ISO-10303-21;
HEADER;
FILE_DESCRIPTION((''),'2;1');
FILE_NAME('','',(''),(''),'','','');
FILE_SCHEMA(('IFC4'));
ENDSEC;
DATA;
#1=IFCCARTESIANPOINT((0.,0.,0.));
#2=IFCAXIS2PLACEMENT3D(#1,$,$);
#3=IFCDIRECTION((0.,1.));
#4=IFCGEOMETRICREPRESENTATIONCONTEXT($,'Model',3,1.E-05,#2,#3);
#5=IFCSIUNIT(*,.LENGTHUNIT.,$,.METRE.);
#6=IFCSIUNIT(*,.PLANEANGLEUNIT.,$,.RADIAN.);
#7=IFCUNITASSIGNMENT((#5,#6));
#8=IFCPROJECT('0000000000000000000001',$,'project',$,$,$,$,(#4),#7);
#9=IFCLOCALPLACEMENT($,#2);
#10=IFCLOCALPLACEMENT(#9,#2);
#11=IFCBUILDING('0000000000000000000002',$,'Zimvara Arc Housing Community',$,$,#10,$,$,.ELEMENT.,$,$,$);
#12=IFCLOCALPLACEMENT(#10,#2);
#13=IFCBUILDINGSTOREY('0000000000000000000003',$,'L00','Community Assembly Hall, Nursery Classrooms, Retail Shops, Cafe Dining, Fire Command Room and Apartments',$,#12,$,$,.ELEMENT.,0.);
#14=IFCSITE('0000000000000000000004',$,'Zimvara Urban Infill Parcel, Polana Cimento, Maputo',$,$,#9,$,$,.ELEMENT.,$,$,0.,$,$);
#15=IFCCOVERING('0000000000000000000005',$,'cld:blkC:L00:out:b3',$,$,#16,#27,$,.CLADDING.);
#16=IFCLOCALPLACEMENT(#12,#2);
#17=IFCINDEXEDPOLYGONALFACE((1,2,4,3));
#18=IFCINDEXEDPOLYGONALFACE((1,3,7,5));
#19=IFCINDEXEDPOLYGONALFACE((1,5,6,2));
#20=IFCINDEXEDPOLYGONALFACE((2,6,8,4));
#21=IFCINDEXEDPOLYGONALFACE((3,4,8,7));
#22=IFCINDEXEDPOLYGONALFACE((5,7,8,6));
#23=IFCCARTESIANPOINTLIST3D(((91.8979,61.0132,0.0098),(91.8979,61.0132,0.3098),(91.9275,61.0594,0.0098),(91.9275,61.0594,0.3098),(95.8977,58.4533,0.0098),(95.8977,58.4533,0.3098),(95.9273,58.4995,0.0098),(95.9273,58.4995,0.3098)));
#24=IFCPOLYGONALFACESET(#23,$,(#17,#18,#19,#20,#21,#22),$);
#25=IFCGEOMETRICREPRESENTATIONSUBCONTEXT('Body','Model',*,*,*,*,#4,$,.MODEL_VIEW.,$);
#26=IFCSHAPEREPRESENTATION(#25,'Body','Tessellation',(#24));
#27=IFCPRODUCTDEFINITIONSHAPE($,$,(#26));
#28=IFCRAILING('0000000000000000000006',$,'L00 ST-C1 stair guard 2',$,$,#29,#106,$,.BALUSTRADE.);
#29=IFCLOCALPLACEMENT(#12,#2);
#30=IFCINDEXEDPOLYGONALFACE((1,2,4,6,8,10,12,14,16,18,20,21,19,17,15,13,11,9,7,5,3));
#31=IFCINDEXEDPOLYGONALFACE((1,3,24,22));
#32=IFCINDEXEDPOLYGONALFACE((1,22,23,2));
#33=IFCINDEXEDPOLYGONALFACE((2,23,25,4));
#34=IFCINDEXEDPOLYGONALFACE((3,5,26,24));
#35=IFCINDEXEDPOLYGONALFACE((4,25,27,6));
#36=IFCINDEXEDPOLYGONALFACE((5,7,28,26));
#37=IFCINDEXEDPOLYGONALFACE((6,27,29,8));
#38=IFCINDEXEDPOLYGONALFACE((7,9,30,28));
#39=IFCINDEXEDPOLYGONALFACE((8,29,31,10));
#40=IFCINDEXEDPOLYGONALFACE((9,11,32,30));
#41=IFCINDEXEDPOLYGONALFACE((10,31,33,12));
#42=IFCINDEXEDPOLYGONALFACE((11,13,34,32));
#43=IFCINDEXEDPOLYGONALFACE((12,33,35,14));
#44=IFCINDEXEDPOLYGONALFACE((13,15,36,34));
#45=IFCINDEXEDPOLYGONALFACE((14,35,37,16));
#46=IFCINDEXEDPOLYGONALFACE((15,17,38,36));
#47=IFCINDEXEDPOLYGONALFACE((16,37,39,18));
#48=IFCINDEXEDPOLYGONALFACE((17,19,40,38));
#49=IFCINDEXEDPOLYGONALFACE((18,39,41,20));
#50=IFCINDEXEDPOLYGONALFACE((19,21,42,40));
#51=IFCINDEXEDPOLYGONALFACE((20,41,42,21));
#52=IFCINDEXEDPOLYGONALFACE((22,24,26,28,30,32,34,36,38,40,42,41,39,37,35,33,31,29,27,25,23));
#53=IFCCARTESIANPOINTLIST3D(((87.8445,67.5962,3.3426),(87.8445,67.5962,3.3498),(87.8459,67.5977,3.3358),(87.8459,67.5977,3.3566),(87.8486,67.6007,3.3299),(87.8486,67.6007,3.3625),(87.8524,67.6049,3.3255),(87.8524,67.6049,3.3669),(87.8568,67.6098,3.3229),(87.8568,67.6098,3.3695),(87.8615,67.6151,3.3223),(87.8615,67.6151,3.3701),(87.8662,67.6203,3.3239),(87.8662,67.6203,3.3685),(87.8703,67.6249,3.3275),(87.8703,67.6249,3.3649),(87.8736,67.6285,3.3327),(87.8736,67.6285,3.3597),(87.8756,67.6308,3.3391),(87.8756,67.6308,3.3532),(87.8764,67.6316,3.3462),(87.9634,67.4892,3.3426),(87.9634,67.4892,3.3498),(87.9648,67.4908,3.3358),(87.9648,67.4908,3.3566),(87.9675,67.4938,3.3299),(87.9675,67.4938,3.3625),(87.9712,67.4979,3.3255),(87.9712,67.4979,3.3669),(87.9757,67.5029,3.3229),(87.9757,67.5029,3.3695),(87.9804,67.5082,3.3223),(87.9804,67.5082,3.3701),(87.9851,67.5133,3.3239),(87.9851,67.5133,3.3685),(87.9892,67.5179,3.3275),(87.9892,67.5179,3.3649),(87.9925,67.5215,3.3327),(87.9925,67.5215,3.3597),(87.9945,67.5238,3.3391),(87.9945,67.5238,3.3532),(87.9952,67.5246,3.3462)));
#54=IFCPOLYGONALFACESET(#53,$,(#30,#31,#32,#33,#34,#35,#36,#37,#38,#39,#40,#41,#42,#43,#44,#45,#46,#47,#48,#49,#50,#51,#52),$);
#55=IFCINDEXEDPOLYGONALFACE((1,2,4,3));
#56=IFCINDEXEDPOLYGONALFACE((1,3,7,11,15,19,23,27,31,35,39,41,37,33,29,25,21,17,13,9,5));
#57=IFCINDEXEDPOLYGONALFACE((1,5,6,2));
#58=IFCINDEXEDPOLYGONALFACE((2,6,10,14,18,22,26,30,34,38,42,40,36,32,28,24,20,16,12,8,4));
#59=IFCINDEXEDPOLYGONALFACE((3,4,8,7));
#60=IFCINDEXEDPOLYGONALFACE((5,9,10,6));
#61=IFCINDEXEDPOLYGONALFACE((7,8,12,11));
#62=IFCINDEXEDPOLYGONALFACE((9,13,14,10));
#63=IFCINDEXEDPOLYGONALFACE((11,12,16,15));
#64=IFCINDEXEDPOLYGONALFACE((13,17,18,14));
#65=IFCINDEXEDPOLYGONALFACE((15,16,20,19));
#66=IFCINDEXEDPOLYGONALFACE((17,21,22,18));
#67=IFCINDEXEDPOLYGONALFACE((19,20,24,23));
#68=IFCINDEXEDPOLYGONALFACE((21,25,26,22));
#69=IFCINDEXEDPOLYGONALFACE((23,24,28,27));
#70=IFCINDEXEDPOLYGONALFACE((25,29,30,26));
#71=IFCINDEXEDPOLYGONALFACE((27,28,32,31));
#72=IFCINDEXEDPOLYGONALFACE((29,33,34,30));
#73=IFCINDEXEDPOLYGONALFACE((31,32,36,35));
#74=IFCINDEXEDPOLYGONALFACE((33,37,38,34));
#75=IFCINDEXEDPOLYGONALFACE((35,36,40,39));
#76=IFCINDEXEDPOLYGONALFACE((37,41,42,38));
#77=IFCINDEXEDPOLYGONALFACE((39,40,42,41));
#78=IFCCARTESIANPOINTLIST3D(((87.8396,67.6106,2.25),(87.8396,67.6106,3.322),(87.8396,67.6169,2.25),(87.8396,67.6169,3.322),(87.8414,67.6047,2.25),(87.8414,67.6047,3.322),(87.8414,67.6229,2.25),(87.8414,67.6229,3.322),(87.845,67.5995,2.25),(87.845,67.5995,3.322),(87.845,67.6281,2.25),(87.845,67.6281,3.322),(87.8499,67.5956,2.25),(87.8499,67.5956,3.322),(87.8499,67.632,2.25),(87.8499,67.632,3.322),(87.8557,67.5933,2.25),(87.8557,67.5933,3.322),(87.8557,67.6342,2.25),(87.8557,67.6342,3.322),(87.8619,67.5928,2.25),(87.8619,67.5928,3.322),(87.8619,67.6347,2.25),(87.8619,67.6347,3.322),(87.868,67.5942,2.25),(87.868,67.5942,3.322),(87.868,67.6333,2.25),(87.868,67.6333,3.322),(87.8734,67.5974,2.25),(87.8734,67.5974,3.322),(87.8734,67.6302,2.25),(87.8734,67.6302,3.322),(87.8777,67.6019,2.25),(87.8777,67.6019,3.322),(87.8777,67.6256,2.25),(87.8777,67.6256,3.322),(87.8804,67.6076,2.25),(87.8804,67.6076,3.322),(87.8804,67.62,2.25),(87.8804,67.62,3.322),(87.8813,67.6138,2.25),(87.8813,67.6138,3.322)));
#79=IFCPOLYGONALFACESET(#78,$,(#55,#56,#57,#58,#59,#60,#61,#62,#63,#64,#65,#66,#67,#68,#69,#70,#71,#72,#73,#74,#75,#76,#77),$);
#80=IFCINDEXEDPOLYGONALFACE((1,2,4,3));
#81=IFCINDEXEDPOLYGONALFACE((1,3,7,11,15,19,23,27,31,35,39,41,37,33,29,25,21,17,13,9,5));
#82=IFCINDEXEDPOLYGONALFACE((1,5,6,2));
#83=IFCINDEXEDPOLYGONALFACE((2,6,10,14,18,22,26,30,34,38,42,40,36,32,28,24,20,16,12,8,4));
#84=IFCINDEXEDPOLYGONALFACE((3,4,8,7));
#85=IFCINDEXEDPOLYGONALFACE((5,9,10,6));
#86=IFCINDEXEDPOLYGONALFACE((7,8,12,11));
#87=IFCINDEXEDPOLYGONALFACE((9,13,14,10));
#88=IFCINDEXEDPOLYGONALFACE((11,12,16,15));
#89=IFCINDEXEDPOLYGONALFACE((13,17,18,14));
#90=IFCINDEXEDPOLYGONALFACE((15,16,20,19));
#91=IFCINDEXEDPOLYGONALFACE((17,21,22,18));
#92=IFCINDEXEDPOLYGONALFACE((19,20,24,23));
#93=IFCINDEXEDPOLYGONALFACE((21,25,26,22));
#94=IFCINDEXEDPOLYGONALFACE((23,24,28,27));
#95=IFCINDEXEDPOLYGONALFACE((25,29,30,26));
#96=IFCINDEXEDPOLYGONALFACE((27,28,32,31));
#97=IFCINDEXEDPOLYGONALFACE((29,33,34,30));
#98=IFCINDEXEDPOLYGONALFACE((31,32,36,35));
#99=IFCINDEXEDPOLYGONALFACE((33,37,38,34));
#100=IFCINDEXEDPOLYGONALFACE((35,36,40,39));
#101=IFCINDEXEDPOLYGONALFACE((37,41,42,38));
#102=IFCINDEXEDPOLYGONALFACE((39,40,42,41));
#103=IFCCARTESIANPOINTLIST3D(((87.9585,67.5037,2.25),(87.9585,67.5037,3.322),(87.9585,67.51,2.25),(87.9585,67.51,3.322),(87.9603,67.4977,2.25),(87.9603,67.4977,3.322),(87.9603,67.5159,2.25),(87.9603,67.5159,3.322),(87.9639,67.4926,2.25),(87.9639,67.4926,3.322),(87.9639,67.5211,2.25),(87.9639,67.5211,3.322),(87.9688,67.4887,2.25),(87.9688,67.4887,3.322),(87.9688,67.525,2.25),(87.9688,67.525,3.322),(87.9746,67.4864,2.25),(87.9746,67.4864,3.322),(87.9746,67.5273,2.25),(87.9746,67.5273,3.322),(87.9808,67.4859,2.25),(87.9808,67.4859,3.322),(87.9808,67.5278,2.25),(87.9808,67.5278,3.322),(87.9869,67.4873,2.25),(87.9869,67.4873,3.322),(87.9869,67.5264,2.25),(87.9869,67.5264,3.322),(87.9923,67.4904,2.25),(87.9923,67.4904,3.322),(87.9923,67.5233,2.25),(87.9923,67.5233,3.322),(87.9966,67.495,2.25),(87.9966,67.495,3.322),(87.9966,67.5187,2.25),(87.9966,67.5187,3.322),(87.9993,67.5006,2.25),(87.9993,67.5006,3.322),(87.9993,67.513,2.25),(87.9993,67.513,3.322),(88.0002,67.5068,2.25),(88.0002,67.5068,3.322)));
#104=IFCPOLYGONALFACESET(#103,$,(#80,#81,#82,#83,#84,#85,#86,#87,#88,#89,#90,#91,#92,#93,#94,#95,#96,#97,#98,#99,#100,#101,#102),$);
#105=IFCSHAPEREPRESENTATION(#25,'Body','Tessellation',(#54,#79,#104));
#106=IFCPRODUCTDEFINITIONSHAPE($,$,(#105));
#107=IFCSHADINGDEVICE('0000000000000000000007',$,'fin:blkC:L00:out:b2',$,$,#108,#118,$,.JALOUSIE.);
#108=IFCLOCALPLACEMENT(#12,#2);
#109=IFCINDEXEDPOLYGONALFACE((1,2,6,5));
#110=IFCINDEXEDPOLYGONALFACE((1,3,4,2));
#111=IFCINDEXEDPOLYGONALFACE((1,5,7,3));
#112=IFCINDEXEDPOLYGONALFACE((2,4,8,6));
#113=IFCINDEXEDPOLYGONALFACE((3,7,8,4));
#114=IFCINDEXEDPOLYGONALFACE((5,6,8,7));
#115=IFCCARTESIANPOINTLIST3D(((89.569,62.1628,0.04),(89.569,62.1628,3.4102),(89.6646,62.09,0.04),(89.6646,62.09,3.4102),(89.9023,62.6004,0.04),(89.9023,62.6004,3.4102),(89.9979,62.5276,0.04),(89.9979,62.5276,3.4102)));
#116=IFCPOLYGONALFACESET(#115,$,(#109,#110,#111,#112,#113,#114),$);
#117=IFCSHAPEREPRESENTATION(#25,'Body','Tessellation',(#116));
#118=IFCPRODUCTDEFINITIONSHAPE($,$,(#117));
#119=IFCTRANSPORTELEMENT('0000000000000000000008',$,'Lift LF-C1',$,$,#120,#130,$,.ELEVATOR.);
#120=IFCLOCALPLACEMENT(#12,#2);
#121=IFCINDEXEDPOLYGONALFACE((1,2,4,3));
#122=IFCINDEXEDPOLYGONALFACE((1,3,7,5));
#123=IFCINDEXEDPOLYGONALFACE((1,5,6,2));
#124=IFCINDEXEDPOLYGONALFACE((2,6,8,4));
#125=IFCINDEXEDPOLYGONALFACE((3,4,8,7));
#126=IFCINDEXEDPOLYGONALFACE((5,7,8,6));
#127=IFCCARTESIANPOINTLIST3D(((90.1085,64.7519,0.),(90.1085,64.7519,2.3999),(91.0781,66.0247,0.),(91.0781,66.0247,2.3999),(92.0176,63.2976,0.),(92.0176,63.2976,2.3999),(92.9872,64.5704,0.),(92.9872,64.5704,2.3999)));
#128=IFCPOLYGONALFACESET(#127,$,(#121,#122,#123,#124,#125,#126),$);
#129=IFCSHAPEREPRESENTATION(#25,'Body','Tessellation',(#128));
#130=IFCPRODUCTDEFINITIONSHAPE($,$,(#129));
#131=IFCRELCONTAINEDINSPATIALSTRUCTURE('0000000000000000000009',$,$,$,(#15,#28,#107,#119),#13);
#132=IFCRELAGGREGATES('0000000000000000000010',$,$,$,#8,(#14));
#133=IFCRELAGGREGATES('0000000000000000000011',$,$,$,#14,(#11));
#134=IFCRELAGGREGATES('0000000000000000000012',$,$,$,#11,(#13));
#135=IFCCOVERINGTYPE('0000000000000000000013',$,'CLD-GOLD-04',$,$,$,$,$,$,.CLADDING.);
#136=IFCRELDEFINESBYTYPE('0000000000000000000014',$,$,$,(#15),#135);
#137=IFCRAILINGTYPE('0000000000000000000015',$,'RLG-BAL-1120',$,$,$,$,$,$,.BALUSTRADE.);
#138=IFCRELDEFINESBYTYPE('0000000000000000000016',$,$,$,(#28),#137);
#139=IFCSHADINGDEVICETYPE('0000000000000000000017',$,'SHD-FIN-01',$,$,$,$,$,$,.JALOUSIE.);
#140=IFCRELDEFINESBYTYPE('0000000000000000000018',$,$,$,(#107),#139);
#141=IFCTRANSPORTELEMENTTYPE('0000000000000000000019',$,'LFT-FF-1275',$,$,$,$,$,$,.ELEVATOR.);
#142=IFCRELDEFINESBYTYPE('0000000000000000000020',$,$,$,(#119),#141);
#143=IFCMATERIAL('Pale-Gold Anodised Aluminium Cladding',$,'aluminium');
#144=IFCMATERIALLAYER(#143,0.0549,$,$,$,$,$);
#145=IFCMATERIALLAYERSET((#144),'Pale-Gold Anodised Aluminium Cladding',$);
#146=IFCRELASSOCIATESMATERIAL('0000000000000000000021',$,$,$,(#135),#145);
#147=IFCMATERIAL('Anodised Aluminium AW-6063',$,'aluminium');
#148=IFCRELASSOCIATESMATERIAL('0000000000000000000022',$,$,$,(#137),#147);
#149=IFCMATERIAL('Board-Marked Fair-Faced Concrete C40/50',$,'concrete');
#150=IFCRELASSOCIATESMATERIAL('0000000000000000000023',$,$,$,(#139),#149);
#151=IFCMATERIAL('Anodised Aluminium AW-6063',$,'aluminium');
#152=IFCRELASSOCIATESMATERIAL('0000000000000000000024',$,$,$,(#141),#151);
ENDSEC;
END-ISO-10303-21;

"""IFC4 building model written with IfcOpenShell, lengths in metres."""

from ifc_helpers import new_model, si_unit, direction, frame, origin, origin_2d, place, context, subcontext, project, spatial, rectangle, circle, extrude, material, layer, layer_set, type_object, element, save


model = new_model("IFC4")

# Units and contexts
model_context = context("Model", 3, precision=1e-05, world=origin(), true_north=direction((0.0, 1.0)))
body_context = subcontext(model_context, "Body", "Model", "MODEL_VIEW")
ifc_project = project(units=[si_unit("LENGTHUNIT", "METRE"), si_unit("PLANEANGLEUNIT", "RADIAN")], contexts=[model_context])

# Site, building, storey
site_placement = place(None, origin())
site = spatial("IfcSite", under=ifc_project, at=site_placement, Name="Zimvara Urban Infill Parcel, Polana Cimento, Maputo", CompositionType="ELEMENT", RefElevation=0.0)
building_placement = place(site_placement, origin())
building = spatial("IfcBuilding", under=site, at=building_placement, Name="Zimvara Arc Housing Community", CompositionType="ELEMENT")
storey_placement = place(building_placement, origin())
storey = spatial("IfcBuildingStorey", under=building, at=storey_placement, Name="L00", Description="Community Assembly Hall, Nursery Classrooms, Retail Shops, Cafe Dining, Fire Command Room and Apartments", CompositionType="ELEMENT", Elevation=0.0)

# Covering
ifc_material_1 = material(Name="Pale-Gold Anodised Aluminium Cladding", Category="aluminium")
ifc_layer_1 = layer(ifc_material_1, 0.0549)
ifc_layer_set_1 = layer_set([ifc_layer_1], Name="Pale-Gold Anodised Aluminium Cladding")
covering_type_1 = type_object("IfcCoveringType", Name="CLD-GOLD-04", PredefinedType="CLADDING", material=ifc_layer_set_1)
covering_1_placement = place(storey_placement, frame((93.9126, 59.7563, 0.0098), z_axis=(0.0, 0.0, 1.0), x_axis=(0.842265, -0.539063, 0.0)))
element("IfcCovering", 1, at=covering_1_placement, inside=storey, type_object=covering_type_1, Name="cld:blkC:L00:out:b3", PredefinedType="CLADDING", context=body_context, shape_type="SweptSolid", body=[
    extrude(rectangle(XDim=4.7488, YDim=0.0549, at=origin_2d()), origin(), (0.0, 0.0, 1.0), 0.3),
])

# Railing
ifc_material_2 = material(Name="Anodised Aluminium AW-6063", Category="aluminium")
railing_type_1 = type_object("IfcRailingType", Name="RLG-BAL-1120", PredefinedType="BALUSTRADE", material=ifc_material_2)
railing_1_placement = place(storey_placement, frame((87.8604, 67.6138, 2.25)))
element("IfcRailing", 2, at=railing_1_placement, inside=storey, type_object=railing_type_1, Name="L00 ST-C1 stair guard 2", PredefinedType="BALUSTRADE", context=body_context, shape_type="SweptSolid", body=[
    extrude(circle(Radius=0.0239, at=origin_2d()), frame((0.0, 0.0, 1.0962), z_axis=(0.743522, -0.668712, 0.0), x_axis=(0.668712, 0.743522, 0.0)), (0.0, 0.0, 1.0), 0.1599),
    extrude(circle(Radius=0.021, at=origin_2d()), origin(), (0.0, 0.0, 1.0), 1.072),
    extrude(circle(Radius=0.021, at=origin_2d()), frame((0.1189, -0.1069, 0.0)), (0.0, 0.0, 1.0), 1.072),
])

# Shading device
ifc_material_3 = material(Name="Board-Marked Fair-Faced Concrete C40/50", Category="concrete")
shading_device_type = type_object("IfcShadingDeviceType", Name="SHD-FIN-01", PredefinedType="JALOUSIE", material=ifc_material_3)
shading_device_placement = place(storey_placement, frame((89.7834, 62.3452, 0.04), z_axis=(0.0, 0.0, 1.0), x_axis=(0.795475, -0.605987, 0.0)))
element("IfcShadingDevice", 3, at=shading_device_placement, inside=storey, type_object=shading_device_type, Name="fin:blkC:L00:out:b2", PredefinedType="JALOUSIE", context=body_context, shape_type="SweptSolid", body=[
    extrude(rectangle(XDim=0.1201, YDim=0.55, at=origin_2d()), origin(), (0.0, 0.0, 1.0), 3.3701),
])

# Transport element
ifc_material_4 = material(Name="Anodised Aluminium AW-6063", Category="aluminium")
transport_element_type = type_object("IfcTransportElementType", Name="LFT-FF-1275", PredefinedType="ELEVATOR", material=ifc_material_4)
transport_element_placement = place(storey_placement, frame((91.5479, 64.6611, 0.0), z_axis=(0.0, 0.0, 1.0), x_axis=(-0.605988, -0.795473, 0.0)))
element("IfcTransportElement", 4, at=transport_element_placement, inside=storey, type_object=transport_element_type, Name="Lift LF-C1", PredefinedType="ELEVATOR", context=body_context, shape_type="SweptSolid", body=[
    extrude(rectangle(XDim=1.6001, YDim=2.3999, at=origin_2d()), origin(), (0.0, 0.0, 1.0), 2.3999),
])

save(model, "model.ifc")
